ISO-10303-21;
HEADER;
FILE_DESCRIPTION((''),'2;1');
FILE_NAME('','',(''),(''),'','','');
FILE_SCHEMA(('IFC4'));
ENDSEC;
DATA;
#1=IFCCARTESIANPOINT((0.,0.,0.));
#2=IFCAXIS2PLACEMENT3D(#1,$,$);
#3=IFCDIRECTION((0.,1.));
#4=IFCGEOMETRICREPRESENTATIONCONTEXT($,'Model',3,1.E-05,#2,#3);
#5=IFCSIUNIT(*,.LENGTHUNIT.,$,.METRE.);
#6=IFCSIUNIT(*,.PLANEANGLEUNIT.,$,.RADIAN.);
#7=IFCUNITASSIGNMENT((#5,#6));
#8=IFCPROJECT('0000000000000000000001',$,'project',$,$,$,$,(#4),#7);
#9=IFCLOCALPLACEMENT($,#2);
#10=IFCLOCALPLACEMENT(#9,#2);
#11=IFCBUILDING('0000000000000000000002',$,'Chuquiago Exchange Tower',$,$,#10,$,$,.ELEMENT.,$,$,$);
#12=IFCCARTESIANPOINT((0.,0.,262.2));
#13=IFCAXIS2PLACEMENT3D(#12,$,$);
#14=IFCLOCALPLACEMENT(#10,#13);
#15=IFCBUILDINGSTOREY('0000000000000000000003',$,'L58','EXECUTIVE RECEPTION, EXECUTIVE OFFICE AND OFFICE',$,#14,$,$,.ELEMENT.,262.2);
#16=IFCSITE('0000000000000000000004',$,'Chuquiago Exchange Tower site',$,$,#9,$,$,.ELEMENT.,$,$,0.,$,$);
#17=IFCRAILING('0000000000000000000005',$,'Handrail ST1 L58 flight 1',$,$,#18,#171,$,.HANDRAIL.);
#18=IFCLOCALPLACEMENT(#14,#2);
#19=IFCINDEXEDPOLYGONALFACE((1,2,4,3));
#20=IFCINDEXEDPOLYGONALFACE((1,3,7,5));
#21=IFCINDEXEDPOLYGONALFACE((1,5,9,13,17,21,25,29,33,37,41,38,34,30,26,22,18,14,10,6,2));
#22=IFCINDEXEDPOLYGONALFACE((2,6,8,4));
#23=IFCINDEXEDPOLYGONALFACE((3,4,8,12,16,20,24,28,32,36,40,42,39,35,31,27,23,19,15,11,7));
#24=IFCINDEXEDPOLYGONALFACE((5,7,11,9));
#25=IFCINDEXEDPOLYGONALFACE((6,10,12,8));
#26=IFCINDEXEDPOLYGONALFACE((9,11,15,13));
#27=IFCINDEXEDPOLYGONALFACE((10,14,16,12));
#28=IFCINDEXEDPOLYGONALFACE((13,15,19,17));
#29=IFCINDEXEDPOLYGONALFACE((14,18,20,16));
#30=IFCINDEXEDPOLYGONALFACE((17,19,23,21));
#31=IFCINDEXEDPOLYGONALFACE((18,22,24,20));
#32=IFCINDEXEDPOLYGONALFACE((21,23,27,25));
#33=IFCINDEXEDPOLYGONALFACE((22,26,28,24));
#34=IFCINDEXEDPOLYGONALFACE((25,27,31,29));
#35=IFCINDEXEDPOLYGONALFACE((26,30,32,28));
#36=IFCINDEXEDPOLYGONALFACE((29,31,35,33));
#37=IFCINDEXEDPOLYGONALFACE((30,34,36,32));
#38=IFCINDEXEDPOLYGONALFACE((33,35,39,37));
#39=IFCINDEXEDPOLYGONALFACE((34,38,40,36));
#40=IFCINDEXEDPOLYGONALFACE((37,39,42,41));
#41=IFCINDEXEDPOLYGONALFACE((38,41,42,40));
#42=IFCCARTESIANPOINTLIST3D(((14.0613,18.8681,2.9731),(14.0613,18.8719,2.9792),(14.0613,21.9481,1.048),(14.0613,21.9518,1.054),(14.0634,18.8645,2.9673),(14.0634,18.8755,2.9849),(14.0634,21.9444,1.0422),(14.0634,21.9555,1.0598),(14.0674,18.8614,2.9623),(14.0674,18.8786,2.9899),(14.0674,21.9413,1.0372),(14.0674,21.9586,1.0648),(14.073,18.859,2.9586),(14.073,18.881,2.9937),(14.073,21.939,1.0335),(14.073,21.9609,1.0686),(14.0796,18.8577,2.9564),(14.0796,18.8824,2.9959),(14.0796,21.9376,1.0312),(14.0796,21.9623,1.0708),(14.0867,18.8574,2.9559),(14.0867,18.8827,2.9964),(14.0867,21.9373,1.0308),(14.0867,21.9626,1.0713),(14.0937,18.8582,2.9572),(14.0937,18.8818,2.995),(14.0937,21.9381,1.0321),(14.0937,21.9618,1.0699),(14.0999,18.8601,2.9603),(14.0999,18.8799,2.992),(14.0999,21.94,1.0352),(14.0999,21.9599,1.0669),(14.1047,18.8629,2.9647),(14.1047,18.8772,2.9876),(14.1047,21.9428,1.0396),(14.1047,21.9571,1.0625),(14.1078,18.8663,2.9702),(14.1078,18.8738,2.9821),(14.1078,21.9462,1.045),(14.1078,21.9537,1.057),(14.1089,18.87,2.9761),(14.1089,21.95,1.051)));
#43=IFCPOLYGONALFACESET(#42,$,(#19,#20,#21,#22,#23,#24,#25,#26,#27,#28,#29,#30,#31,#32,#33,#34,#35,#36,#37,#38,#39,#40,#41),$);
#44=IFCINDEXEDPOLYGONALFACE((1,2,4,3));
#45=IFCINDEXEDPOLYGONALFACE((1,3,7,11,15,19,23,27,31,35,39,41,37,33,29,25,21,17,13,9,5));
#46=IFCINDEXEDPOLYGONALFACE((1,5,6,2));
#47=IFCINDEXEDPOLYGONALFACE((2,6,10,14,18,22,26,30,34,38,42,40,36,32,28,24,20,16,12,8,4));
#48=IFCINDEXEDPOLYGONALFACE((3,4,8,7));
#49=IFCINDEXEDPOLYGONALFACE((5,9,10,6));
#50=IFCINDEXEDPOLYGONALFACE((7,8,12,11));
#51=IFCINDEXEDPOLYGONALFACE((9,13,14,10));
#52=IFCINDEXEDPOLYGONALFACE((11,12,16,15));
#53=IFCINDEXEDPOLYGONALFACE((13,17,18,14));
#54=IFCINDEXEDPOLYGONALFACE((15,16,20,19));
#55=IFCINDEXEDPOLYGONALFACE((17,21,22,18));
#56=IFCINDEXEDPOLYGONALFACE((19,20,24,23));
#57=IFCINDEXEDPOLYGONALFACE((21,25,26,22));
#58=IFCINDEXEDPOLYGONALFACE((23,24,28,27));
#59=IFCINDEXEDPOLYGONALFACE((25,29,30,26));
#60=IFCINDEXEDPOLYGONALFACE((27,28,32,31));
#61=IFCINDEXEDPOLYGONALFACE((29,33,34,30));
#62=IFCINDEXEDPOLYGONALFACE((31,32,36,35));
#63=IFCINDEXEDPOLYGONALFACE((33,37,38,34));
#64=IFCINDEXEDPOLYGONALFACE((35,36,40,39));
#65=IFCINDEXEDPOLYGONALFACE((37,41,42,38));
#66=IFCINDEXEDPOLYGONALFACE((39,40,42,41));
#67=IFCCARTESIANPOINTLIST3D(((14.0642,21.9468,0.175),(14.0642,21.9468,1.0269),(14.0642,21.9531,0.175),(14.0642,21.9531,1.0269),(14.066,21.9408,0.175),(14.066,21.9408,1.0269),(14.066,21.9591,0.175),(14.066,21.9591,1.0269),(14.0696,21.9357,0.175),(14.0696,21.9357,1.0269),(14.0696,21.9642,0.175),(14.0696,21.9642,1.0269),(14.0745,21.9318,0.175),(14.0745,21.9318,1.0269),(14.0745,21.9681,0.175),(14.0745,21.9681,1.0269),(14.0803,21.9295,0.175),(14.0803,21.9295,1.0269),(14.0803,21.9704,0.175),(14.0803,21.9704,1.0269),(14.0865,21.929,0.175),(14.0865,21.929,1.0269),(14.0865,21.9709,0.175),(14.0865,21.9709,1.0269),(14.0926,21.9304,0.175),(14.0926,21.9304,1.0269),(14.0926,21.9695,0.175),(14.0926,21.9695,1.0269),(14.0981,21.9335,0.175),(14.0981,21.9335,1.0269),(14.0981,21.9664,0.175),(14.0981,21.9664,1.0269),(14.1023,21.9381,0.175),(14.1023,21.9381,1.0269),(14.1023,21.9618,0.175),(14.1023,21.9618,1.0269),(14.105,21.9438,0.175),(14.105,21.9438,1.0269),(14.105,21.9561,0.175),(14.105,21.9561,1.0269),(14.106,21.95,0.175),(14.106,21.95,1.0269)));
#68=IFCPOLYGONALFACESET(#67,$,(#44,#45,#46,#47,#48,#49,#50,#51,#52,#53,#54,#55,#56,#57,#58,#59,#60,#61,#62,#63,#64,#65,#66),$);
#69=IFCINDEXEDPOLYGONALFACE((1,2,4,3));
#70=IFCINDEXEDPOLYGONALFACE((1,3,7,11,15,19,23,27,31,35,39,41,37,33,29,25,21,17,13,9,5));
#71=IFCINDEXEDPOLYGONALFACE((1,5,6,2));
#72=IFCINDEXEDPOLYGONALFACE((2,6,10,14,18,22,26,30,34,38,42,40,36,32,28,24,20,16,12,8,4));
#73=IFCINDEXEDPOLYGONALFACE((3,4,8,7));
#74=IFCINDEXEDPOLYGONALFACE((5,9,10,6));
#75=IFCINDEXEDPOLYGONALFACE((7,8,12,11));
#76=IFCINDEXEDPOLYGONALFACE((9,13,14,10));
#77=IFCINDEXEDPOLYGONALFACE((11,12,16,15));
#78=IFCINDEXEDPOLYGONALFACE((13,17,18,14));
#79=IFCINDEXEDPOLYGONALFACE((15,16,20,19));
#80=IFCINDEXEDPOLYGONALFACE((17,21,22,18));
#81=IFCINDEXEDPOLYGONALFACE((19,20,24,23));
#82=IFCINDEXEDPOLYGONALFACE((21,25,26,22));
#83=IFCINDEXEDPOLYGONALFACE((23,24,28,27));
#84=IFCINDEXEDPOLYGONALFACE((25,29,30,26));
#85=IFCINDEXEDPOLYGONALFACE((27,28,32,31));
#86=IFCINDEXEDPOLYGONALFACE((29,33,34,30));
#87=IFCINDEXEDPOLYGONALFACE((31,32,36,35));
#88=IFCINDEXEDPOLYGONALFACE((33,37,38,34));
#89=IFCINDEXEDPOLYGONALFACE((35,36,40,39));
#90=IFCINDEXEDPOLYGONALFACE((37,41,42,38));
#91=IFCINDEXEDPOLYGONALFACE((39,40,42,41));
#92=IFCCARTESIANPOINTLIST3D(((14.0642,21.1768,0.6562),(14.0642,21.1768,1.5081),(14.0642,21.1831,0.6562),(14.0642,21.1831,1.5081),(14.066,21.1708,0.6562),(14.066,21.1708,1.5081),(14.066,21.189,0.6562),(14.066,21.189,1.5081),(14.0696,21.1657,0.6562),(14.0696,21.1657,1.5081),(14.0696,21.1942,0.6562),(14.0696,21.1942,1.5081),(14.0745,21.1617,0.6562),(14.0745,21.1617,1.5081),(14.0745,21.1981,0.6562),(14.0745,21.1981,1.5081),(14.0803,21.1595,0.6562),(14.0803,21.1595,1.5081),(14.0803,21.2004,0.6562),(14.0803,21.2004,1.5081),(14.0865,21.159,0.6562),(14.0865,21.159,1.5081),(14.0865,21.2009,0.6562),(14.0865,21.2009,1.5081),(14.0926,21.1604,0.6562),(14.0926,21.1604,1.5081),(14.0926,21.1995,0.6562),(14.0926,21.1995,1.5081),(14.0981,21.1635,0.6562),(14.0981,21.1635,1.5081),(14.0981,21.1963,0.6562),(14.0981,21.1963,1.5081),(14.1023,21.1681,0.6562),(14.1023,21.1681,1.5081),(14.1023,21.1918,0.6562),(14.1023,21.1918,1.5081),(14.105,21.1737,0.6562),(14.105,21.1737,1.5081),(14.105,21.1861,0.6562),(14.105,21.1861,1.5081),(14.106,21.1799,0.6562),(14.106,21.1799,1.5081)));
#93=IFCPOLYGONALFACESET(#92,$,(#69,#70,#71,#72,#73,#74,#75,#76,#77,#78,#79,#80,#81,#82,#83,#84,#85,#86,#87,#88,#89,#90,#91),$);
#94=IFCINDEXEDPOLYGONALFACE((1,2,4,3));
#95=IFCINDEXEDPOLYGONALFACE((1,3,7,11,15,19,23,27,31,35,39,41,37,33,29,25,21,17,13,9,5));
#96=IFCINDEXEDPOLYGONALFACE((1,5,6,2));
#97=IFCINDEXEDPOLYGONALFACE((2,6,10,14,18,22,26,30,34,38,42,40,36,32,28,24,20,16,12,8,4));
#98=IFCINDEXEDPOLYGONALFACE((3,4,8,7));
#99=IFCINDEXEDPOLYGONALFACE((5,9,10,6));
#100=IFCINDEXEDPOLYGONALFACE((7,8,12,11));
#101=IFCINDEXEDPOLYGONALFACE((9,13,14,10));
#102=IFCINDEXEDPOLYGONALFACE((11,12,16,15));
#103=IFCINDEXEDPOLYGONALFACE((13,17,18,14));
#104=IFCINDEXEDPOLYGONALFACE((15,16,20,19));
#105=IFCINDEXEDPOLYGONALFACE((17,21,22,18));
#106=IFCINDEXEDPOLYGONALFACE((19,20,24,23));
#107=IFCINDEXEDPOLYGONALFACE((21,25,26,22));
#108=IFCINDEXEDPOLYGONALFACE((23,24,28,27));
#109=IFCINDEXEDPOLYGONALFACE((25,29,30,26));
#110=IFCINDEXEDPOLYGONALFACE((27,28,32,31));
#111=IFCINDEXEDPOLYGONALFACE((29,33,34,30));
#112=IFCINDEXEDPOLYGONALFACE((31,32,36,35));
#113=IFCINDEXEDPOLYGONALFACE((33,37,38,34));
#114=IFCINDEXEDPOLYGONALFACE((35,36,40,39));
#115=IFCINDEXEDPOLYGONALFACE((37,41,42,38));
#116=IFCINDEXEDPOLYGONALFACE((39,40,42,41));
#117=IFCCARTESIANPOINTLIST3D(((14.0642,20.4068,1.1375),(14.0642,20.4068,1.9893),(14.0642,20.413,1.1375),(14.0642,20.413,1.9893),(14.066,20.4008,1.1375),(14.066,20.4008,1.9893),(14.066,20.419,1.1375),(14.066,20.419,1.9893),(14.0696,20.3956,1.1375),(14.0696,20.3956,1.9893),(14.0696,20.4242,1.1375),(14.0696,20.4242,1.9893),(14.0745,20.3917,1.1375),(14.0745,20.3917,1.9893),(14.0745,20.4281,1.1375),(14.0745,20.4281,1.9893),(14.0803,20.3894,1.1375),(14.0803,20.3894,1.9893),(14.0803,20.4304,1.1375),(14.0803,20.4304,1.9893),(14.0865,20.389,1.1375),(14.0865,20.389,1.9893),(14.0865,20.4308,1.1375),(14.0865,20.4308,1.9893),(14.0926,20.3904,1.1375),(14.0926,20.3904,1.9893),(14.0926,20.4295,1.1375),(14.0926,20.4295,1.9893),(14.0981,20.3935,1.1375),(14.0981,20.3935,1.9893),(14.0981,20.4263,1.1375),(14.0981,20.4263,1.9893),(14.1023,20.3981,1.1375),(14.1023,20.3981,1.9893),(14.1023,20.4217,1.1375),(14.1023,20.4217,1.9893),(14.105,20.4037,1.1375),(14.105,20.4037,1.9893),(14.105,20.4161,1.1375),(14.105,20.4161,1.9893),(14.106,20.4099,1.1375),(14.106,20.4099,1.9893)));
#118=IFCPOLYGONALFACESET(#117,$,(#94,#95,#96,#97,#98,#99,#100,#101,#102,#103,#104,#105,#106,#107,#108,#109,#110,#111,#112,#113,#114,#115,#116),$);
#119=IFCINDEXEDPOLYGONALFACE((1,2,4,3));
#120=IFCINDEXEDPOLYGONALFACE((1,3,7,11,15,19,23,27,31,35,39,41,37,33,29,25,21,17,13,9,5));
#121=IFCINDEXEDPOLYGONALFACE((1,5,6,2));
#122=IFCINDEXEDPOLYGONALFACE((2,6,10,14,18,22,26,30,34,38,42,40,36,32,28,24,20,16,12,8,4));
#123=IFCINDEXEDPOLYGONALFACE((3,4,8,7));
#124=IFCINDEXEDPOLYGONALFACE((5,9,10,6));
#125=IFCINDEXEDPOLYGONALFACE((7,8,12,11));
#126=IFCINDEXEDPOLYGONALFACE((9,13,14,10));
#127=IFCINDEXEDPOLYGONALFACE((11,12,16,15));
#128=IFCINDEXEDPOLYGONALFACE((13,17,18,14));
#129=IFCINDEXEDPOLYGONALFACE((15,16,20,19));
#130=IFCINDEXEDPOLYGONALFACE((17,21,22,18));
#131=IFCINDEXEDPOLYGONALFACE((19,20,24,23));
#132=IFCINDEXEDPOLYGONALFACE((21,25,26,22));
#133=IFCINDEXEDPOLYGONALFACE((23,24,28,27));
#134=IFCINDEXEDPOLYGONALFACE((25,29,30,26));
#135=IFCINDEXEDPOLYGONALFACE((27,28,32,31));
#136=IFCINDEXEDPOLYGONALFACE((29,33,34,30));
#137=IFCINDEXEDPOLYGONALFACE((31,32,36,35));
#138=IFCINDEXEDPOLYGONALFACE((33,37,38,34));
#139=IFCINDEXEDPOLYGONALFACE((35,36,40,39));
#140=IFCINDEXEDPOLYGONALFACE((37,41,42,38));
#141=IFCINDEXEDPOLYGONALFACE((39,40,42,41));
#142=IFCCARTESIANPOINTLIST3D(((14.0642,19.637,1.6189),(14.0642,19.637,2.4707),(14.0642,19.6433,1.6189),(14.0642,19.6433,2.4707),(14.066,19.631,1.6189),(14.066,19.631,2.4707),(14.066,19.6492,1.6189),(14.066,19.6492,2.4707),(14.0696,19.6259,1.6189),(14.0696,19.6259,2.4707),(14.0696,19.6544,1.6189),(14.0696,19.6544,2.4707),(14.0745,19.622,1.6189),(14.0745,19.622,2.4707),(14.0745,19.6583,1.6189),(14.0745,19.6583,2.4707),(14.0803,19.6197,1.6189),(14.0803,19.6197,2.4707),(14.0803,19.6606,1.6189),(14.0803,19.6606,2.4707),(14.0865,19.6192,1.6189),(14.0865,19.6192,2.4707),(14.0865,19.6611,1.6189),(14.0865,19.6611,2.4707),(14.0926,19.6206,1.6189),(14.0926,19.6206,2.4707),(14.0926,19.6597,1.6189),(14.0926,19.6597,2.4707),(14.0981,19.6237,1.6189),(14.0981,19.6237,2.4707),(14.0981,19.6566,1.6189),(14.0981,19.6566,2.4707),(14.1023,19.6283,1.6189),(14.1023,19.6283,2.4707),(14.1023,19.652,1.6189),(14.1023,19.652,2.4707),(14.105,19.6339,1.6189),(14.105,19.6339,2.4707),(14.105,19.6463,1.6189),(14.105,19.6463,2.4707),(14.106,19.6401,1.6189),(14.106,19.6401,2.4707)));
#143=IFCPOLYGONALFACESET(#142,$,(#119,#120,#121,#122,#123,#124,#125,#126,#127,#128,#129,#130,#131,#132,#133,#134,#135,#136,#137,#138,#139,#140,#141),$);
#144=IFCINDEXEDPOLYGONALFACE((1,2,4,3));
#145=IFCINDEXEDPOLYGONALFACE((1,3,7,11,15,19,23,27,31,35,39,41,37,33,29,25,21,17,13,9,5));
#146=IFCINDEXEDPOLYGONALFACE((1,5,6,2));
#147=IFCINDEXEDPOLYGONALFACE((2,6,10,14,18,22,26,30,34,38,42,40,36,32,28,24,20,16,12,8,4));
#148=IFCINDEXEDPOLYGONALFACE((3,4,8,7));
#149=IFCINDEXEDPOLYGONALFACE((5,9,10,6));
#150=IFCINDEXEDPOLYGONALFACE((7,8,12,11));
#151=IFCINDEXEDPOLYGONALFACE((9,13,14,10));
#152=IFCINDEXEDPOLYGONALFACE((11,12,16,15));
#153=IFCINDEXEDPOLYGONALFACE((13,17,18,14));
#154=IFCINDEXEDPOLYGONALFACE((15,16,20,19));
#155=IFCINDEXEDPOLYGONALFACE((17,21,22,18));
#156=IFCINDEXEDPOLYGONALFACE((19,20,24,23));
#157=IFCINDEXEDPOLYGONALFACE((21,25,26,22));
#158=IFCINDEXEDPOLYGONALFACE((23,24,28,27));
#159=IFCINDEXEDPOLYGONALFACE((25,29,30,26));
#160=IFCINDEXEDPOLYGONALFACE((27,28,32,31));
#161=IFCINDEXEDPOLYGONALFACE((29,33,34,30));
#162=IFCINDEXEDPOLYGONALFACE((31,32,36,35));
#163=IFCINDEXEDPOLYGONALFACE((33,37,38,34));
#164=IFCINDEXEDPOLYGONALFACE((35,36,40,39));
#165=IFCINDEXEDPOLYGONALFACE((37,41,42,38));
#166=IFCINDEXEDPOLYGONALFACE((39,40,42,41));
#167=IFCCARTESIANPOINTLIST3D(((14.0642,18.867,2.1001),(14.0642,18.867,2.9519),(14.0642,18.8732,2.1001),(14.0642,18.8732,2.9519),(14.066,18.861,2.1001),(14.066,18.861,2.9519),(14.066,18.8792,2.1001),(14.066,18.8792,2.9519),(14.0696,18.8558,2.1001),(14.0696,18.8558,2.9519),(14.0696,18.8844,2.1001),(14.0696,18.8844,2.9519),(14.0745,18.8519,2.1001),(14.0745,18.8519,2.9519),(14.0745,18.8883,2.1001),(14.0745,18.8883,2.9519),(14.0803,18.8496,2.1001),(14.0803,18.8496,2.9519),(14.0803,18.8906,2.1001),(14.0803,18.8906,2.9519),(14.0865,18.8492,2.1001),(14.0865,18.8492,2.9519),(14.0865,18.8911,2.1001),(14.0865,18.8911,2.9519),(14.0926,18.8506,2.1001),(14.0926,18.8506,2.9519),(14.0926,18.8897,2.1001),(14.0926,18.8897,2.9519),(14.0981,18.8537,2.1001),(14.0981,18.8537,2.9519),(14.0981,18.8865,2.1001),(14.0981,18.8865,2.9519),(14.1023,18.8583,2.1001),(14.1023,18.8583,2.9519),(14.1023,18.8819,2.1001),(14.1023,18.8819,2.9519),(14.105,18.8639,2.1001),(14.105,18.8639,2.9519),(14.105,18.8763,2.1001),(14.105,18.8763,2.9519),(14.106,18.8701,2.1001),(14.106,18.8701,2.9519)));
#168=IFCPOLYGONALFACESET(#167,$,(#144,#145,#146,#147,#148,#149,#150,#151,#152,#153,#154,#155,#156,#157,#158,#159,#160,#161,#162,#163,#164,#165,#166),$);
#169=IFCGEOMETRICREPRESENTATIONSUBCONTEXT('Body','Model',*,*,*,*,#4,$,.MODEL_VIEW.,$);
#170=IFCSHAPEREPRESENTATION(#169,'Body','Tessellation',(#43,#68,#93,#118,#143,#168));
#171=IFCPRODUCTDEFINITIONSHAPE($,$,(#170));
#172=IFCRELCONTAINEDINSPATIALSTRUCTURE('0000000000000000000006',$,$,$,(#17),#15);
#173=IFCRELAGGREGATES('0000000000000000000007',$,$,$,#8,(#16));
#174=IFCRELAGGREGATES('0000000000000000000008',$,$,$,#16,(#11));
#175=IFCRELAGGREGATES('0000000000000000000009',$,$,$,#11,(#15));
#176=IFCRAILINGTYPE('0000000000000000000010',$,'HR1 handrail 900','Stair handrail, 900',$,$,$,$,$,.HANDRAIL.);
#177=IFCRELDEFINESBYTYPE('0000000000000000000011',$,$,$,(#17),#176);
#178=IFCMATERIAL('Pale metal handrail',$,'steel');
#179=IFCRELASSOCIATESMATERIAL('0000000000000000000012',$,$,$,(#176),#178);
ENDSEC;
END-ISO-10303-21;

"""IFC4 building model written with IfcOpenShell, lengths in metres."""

from ifc_helpers import new_model, si_unit, direction, frame, origin, origin_2d, place, context, subcontext, project, spatial, circle, extrude, material, type_object, element, save


model = new_model("IFC4")

# Units and contexts
model_context = context("Model", 3, precision=1e-05, world=origin(), true_north=direction((0.0, 1.0)))
body_context = subcontext(model_context, "Body", "Model", "MODEL_VIEW")
ifc_project = project(units=[si_unit("LENGTHUNIT", "METRE"), si_unit("PLANEANGLEUNIT", "RADIAN")], contexts=[model_context])

# Site, building, storey
site_placement = place(None, origin())
site = spatial("IfcSite", under=ifc_project, at=site_placement, Name="Chuquiago Exchange Tower site", CompositionType="ELEMENT", RefElevation=0.0)
building_placement = place(site_placement, origin())
building = spatial("IfcBuilding", under=site, at=building_placement, Name="Chuquiago Exchange Tower", CompositionType="ELEMENT")
storey_placement = place(building_placement, frame((0.0, 0.0, 262.2)))
storey = spatial("IfcBuildingStorey", under=building, at=storey_placement, Name="L58", Description="EXECUTIVE RECEPTION, EXECUTIVE OFFICE AND OFFICE", CompositionType="ELEMENT", Elevation=262.2)

# Railing
ifc_material_1 = material(Name="Pale metal handrail", Category="steel")
railing_type_1 = type_object("IfcRailingType", Name="HR1 handrail 900", Description="Stair handrail, 900", PredefinedType="HANDRAIL", material=ifc_material_1)
for number, where, name in (
    (1, (14.085, 21.95, 0.175), "Handrail ST1 L58 flight 1"),
):
    element("IfcRailing", number, at=place(storey_placement, frame(where)), inside=storey, type_object=railing_type_1, Name=name, PredefinedType="HANDRAIL", context=body_context, shape_type="SweptSolid", body=[
        extrude(circle(Radius=0.0239, at=origin_2d()), frame((0.0, 0.0, 0.876), z_axis=(0.0, -0.847979, 0.530029), x_axis=(1.0, 0.0, 0.0)), (0.0, 0.0, 1.0), 3.6321),
        extrude(circle(Radius=0.021, at=origin_2d()), origin(), (0.0, 0.0, 1.0), 0.8518),
        extrude(circle(Radius=0.021, at=origin_2d()), frame((0.0, -0.77, 0.4812)), (0.0, 0.0, 1.0), 0.8518),
        extrude(circle(Radius=0.021, at=origin_2d()), frame((0.0, -1.54, 0.9624)), (0.0, 0.0, 1.0), 0.8518),
        extrude(circle(Radius=0.021, at=origin_2d()), frame((0.0, -2.3098, 1.4438)), (0.0, 0.0, 1.0), 0.8518),
        extrude(circle(Radius=0.021, at=origin_2d()), frame((0.0, -3.0798, 1.925)), (0.0, 0.0, 1.0), 0.8518),
    ])

save(model, "model.ifc")
